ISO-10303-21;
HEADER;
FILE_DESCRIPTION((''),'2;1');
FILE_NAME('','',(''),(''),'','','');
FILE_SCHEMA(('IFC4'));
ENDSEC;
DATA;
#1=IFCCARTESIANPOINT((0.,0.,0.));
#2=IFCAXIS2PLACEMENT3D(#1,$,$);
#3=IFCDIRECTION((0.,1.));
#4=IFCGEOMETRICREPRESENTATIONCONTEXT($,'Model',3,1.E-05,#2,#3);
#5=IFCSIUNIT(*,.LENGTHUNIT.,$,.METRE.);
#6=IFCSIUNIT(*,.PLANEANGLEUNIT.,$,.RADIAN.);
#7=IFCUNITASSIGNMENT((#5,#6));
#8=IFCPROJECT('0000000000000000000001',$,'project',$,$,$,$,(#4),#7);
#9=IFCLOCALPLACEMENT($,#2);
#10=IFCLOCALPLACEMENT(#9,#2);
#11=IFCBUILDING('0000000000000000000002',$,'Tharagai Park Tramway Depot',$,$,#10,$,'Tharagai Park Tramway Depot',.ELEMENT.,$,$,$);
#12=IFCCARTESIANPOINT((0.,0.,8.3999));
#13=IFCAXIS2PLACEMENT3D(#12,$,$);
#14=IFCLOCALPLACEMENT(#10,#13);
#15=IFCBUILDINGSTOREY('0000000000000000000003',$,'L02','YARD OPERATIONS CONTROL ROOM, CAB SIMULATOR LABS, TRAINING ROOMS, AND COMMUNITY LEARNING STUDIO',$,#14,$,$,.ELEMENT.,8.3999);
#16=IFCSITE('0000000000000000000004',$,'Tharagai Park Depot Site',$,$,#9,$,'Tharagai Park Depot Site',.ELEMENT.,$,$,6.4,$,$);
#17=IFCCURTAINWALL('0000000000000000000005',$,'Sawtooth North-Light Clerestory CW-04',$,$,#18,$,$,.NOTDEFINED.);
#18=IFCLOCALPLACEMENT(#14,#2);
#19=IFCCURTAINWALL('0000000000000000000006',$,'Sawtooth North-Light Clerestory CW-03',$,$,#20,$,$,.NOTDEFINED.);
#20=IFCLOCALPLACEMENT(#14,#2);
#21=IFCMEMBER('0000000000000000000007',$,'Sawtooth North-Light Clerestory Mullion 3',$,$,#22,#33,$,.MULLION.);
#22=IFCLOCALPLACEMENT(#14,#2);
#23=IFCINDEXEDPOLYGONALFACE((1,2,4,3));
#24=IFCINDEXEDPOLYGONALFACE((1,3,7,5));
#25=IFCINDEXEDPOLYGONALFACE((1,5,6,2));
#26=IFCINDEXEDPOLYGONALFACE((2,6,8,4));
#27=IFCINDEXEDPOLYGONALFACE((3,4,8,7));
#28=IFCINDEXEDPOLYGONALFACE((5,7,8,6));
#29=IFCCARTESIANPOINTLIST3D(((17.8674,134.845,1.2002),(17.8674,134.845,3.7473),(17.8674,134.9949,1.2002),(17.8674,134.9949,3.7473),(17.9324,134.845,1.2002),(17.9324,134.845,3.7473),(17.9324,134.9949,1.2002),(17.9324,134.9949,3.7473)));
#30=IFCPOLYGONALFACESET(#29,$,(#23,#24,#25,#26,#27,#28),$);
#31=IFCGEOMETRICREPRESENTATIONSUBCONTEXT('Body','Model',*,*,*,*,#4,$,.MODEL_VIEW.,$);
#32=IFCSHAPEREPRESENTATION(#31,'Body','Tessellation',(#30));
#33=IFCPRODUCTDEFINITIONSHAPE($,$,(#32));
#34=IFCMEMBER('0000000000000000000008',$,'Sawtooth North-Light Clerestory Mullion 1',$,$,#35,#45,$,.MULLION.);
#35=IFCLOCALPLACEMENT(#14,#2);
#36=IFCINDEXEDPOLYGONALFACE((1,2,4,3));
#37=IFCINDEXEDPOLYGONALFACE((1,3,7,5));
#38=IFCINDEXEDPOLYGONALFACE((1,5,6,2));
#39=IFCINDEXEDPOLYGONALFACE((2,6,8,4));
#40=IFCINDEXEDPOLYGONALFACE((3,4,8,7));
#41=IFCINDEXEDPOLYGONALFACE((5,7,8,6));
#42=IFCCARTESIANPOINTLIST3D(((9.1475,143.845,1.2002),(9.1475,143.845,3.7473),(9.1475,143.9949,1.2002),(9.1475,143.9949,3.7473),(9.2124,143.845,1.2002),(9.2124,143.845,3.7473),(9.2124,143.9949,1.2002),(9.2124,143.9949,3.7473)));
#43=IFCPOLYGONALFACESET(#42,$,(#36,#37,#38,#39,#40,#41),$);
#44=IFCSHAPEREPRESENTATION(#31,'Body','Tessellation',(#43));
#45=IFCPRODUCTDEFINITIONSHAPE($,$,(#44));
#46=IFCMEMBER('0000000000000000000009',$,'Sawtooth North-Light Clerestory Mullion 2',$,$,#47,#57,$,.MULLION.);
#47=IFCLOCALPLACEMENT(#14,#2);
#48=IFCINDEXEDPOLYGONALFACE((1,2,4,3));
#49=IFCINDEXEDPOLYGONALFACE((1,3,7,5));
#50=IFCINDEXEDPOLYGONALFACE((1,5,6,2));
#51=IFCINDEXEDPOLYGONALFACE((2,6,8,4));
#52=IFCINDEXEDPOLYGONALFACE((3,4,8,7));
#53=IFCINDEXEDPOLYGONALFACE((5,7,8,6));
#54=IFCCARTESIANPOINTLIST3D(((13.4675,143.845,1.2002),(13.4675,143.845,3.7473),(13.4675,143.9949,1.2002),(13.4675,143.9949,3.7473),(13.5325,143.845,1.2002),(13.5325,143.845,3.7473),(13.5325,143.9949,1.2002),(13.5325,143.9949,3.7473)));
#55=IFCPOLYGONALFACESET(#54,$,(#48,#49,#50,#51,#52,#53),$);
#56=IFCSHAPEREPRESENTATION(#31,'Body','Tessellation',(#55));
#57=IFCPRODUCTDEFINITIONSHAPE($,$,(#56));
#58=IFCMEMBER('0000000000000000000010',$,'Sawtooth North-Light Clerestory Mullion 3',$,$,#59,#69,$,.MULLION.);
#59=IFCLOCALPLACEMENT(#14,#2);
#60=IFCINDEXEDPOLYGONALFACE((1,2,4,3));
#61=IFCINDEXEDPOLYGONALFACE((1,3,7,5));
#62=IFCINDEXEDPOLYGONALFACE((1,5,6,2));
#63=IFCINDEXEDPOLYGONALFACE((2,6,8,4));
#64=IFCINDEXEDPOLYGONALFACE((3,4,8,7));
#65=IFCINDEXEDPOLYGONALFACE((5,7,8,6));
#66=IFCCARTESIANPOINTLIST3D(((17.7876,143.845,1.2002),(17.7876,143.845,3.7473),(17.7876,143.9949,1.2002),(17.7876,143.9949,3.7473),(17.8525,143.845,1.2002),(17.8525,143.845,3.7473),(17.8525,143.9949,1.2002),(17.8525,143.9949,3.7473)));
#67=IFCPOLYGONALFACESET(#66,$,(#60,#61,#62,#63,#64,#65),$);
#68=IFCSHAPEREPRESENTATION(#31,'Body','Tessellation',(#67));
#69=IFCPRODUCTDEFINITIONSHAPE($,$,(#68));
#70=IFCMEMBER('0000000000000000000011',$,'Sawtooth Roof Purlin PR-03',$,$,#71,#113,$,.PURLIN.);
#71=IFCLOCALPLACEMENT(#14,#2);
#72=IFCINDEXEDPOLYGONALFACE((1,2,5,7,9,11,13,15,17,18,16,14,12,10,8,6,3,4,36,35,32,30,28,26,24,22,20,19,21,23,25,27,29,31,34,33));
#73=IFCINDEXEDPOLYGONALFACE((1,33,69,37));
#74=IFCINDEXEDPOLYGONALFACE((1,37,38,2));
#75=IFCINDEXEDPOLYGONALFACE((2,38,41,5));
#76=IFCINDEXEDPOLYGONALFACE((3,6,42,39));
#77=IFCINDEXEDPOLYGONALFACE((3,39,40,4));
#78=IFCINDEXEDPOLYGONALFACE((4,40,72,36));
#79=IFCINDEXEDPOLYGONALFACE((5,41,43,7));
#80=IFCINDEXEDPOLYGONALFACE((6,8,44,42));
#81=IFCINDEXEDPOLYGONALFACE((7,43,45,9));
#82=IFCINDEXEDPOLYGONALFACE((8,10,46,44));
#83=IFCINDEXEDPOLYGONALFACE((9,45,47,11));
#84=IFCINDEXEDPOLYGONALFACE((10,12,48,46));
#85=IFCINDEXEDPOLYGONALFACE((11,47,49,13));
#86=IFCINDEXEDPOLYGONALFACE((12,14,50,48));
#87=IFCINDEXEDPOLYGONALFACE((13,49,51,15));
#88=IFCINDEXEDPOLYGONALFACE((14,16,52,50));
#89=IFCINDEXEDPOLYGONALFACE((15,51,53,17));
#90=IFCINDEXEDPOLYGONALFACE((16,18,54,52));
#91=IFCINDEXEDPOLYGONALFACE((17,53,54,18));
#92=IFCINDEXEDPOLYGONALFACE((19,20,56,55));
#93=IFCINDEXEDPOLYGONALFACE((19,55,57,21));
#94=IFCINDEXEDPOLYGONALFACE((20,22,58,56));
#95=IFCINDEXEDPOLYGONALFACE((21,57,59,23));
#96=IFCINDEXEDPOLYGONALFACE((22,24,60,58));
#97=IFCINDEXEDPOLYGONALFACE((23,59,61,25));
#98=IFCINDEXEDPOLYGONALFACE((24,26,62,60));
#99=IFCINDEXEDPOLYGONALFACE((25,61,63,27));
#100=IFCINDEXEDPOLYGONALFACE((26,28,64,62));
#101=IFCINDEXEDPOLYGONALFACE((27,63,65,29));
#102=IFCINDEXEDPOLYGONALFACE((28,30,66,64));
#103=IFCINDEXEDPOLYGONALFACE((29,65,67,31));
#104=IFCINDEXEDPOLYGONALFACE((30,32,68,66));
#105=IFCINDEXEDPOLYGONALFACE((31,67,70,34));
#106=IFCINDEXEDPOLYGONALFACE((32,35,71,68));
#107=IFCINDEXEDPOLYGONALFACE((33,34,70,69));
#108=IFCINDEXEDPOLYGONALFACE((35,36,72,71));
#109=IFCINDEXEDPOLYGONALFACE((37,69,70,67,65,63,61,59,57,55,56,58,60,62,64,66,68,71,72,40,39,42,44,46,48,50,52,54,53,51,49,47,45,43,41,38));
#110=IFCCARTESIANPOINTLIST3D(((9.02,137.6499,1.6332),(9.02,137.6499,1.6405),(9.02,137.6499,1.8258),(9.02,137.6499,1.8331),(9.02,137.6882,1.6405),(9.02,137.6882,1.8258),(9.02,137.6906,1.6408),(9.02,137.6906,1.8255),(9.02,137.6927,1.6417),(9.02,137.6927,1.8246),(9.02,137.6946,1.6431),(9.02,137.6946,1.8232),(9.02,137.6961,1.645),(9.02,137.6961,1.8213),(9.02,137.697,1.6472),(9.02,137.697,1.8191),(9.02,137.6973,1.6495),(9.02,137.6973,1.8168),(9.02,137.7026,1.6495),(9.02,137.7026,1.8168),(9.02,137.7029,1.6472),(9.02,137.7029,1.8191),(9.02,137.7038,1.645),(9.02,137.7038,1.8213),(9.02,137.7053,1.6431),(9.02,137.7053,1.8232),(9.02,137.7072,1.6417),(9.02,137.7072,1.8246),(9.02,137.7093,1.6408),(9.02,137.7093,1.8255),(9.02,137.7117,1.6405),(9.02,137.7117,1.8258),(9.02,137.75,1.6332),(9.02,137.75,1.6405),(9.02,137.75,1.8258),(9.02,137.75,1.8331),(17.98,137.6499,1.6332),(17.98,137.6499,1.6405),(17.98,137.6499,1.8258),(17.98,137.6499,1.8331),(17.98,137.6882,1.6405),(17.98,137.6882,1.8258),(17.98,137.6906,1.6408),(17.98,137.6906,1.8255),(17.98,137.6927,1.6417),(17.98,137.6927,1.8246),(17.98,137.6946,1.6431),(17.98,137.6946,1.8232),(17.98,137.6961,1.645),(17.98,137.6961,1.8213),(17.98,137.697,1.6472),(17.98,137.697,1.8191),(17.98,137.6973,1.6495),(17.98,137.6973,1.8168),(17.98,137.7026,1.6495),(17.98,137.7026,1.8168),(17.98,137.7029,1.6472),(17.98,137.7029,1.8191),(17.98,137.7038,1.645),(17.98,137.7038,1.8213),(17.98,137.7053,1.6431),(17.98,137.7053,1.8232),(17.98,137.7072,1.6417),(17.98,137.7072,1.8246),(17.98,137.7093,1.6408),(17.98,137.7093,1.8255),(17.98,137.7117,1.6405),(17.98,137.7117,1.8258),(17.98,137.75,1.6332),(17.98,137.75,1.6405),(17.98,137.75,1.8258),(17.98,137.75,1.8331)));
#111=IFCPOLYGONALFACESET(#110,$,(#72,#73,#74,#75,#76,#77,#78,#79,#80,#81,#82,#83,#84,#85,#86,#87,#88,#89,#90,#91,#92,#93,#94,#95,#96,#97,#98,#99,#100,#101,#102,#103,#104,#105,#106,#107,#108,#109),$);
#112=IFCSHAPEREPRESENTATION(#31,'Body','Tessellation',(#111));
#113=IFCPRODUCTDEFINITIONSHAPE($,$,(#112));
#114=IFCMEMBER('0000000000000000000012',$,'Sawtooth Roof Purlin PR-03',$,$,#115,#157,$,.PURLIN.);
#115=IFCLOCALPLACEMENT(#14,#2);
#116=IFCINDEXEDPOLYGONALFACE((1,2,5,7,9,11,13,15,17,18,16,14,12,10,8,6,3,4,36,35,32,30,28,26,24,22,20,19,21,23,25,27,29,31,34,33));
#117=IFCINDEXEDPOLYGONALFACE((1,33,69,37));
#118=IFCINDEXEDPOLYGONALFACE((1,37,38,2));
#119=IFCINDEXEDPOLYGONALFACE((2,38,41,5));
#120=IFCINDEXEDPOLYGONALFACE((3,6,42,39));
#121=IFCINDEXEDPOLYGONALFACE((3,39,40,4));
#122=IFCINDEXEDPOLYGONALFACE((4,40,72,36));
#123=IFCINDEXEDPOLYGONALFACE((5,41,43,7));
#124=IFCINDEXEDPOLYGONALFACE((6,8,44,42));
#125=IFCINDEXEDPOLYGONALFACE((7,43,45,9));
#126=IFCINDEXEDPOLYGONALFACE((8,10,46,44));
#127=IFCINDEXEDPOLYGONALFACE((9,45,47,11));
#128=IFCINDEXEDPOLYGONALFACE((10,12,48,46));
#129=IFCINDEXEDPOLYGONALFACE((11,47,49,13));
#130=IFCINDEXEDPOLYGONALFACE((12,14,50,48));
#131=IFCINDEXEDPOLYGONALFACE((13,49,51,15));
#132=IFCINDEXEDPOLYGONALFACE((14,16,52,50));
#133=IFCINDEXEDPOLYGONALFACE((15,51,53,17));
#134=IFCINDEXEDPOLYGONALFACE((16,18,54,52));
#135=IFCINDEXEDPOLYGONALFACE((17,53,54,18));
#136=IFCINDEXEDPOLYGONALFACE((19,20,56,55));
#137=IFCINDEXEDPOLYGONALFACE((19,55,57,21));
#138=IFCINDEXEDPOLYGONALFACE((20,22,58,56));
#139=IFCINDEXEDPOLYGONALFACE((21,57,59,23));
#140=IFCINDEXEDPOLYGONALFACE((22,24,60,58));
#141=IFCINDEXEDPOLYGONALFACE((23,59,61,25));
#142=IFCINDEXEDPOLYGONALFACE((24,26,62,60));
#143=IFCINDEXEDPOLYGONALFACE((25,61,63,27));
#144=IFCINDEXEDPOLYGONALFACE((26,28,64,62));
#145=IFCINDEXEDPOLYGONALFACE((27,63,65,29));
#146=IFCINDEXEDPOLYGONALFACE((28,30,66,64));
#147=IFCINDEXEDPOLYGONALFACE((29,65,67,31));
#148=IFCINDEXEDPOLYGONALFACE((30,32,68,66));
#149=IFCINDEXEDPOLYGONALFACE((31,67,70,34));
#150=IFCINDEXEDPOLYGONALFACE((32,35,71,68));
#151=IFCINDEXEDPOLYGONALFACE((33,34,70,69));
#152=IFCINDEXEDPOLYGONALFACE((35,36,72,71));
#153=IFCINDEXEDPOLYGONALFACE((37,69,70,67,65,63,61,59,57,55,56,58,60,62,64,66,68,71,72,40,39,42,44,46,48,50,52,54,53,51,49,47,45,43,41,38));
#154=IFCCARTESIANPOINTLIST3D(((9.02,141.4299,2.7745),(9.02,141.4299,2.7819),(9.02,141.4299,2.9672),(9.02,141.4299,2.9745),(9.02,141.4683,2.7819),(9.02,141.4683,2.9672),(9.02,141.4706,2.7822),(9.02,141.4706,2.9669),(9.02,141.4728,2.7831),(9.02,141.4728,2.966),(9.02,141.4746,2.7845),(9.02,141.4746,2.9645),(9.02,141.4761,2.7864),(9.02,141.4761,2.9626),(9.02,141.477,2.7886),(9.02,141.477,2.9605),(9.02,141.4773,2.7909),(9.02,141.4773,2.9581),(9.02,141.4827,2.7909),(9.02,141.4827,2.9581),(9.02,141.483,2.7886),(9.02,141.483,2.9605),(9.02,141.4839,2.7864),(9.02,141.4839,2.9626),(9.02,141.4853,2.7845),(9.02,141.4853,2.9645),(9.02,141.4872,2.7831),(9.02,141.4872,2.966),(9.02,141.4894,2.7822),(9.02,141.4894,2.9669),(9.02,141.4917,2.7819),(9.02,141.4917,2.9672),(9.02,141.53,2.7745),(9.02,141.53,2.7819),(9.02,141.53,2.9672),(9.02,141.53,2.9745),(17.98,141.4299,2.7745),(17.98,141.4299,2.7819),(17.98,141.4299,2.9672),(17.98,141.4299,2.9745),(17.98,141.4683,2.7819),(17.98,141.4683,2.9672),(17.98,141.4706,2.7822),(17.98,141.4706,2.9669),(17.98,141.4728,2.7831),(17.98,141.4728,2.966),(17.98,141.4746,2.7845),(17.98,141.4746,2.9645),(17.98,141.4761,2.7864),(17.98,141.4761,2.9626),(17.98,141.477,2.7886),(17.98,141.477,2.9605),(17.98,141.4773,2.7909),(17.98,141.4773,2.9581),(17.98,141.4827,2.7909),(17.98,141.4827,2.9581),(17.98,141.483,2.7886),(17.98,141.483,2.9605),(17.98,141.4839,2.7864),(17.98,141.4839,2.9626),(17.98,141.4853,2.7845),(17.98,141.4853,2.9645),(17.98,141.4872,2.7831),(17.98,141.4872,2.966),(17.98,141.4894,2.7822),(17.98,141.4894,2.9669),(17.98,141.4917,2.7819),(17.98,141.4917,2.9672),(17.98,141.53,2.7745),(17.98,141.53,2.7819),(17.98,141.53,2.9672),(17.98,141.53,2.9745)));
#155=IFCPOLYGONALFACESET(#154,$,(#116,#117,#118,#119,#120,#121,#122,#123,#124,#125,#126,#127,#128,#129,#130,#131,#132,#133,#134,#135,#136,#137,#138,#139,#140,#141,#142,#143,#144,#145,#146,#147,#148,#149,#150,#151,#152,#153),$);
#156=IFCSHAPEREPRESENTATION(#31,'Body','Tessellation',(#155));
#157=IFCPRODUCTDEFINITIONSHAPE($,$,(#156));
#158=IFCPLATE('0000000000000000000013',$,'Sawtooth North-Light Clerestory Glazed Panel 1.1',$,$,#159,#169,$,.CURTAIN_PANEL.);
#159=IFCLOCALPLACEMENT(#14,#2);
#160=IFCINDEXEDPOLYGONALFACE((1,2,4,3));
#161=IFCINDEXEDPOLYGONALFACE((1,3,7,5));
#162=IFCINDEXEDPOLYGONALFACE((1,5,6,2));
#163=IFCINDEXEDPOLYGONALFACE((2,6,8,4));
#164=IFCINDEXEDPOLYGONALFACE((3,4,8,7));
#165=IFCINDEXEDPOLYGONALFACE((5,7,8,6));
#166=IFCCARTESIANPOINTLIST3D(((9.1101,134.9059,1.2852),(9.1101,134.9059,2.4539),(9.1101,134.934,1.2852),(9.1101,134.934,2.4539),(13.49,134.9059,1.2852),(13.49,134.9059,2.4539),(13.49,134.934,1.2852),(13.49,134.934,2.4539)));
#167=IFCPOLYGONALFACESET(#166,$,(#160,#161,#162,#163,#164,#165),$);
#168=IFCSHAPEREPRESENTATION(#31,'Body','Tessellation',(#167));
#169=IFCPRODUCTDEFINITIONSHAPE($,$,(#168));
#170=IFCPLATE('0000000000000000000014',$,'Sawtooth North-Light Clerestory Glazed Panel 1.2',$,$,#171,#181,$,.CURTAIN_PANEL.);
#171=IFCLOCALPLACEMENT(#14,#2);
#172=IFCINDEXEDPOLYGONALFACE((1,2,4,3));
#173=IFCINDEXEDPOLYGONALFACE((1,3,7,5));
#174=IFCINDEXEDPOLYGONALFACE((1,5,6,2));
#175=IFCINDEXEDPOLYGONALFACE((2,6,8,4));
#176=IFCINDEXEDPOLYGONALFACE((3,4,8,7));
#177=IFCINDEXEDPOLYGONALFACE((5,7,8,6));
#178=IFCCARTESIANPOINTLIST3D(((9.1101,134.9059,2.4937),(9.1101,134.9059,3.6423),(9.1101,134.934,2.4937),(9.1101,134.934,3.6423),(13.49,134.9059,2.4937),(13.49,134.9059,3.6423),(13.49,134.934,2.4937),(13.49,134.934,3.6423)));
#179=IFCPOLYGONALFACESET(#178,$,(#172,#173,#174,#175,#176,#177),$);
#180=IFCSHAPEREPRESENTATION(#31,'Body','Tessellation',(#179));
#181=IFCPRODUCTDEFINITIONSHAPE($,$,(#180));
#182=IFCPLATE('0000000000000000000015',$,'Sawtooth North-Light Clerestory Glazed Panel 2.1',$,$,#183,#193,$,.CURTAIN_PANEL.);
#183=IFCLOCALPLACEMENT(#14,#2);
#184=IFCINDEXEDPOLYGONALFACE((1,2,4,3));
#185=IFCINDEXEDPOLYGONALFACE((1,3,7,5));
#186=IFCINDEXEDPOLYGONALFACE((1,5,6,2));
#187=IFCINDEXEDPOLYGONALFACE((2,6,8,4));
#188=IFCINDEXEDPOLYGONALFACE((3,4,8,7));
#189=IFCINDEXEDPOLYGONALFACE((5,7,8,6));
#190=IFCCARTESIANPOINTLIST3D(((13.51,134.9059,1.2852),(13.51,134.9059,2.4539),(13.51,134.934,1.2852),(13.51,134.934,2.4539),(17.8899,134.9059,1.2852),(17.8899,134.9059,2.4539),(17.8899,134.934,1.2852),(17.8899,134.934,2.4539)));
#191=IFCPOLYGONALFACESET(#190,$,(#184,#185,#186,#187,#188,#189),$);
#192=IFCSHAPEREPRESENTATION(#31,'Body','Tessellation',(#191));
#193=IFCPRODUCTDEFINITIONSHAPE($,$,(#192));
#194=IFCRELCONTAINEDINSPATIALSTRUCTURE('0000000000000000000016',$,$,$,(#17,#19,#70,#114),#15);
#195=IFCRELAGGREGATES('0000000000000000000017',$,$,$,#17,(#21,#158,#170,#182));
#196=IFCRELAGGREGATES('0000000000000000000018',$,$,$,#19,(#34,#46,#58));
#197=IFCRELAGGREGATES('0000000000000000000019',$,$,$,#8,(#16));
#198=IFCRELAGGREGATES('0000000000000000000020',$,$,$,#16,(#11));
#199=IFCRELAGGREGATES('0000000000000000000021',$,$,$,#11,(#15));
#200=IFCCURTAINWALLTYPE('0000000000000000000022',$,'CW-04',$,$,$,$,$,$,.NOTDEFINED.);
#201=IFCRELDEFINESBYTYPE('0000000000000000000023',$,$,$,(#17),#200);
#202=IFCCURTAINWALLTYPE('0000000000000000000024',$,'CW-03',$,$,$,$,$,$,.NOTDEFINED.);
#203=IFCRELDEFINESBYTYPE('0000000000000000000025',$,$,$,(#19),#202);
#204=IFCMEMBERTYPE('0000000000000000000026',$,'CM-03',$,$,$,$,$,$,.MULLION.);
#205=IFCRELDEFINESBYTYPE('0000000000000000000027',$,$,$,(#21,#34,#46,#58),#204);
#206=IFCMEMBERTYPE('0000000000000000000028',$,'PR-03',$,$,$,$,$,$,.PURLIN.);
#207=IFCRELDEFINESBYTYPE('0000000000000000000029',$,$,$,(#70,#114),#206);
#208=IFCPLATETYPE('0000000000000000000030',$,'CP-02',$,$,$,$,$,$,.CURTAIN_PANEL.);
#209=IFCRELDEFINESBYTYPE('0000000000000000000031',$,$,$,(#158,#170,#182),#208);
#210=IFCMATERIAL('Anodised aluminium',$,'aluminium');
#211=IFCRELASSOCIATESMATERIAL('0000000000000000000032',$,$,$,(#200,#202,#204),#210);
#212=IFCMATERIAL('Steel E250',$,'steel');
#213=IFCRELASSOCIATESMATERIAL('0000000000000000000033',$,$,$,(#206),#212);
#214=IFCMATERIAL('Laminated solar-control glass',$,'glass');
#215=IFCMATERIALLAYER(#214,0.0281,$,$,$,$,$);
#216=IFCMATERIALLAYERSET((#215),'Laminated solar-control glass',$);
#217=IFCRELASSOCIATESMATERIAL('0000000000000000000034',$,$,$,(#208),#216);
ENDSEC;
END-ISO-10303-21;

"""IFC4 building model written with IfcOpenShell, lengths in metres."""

from ifc_helpers import new_model, si_unit, direction, frame, origin, origin_2d, place, context, subcontext, project, spatial, rectangle, i_section, extrude, material, layer, layer_set, material_profile, profile_set, type_object, element, aggregate, save


model = new_model("IFC4")

# Units and contexts
model_context = context("Model", 3, precision=1e-05, world=origin(), true_north=direction((0.0, 1.0)))
body_context = subcontext(model_context, "Body", "Model", "MODEL_VIEW")
ifc_project = project(units=[si_unit("LENGTHUNIT", "METRE"), si_unit("PLANEANGLEUNIT", "RADIAN")], contexts=[model_context])

# Site, building, storey
site_placement = place(None, origin())
site = spatial("IfcSite", under=ifc_project, at=site_placement, Name="Tharagai Park Depot Site", LongName="Tharagai Park Depot Site", CompositionType="ELEMENT", RefElevation=6.4)
building_placement = place(site_placement, origin())
building = spatial("IfcBuilding", under=site, at=building_placement, Name="Tharagai Park Tramway Depot", LongName="Tharagai Park Tramway Depot", CompositionType="ELEMENT")
storey_placement = place(building_placement, frame((0.0, 0.0, 8.3999)))
storey = spatial("IfcBuildingStorey", under=building, at=storey_placement, Name="L02", Description="YARD OPERATIONS CONTROL ROOM, CAB SIMULATOR LABS, TRAINING ROOMS, AND COMMUNITY LEARNING STUDIO", CompositionType="ELEMENT", Elevation=8.3999)

# Curtain walls
ifc_material_1 = material(Name="Anodised aluminium", Category="aluminium")
curtain_wall_type_1 = type_object("IfcCurtainWallType", Name="CW-04", PredefinedType="NOTDEFINED", material=ifc_material_1)
curtain_wall_1_placement = place(storey_placement, origin())
curtain_wall_1 = element("IfcCurtainWall", 1, at=curtain_wall_1_placement, inside=storey, type_object=curtain_wall_type_1, Name="Sawtooth North-Light Clerestory CW-04", PredefinedType="NOTDEFINED")
curtain_wall_type_2 = type_object("IfcCurtainWallType", Name="CW-03", PredefinedType="NOTDEFINED", material=ifc_material_1)
curtain_wall_2_placement = place(storey_placement, origin())
curtain_wall_2 = element("IfcCurtainWall", 2, at=curtain_wall_2_placement, inside=storey, type_object=curtain_wall_type_2, Name="Sawtooth North-Light Clerestory CW-03", PredefinedType="NOTDEFINED")

# Members
ifc_material_profile_1 = material_profile(ifc_material_1, rectangle(XDim=0.0649, YDim=0.1499, at=origin_2d()), Name="ALU 65x150")
ifc_profile_set_1 = profile_set([ifc_material_profile_1], Name="Anodised aluminium")
member_type_1 = type_object("IfcMemberType", Name="CM-03", PredefinedType="MULLION", material=ifc_profile_set_1)
member_1_placement = place(storey_placement, frame((17.8999, 134.9199, 1.2002), z_axis=(0.0, 0.0, 1.0), x_axis=(1.0, 0.0, 0.0)))
member_1 = element("IfcMember", 3, at=member_1_placement, type_object=member_type_1, Name="Sawtooth North-Light Clerestory Mullion 3", PredefinedType="MULLION", context=body_context, shape_type="SweptSolid", body=[
    extrude(rectangle(XDim=0.0649, YDim=0.1499, at=origin_2d()), origin(), (0.0, 0.0, 1.0), 2.5471),
])
member_2_placement = place(storey_placement, frame((9.1799, 143.9199, 1.2002), z_axis=(0.0, 0.0, 1.0), x_axis=(1.0, 0.0, 0.0)))
member_2 = element("IfcMember", 4, at=member_2_placement, type_object=member_type_1, Name="Sawtooth North-Light Clerestory Mullion 1", PredefinedType="MULLION", context=body_context, shape_type="SweptSolid", body=[
    extrude(rectangle(XDim=0.0649, YDim=0.1499, at=origin_2d()), origin(), (0.0, 0.0, 1.0), 2.5471),
])
member_3_placement = place(storey_placement, frame((13.5, 143.9199, 1.2002), z_axis=(0.0, 0.0, 1.0), x_axis=(1.0, 0.0, 0.0)))
member_3 = element("IfcMember", 5, at=member_3_placement, type_object=member_type_1, Name="Sawtooth North-Light Clerestory Mullion 2", PredefinedType="MULLION", context=body_context, shape_type="SweptSolid", body=[
    extrude(rectangle(XDim=0.0649, YDim=0.1499, at=origin_2d()), origin(), (0.0, 0.0, 1.0), 2.5471),
])
member_4_placement = place(storey_placement, frame((17.8201, 143.9199, 1.2002), z_axis=(0.0, 0.0, 1.0), x_axis=(1.0, 0.0, 0.0)))
member_4 = element("IfcMember", 6, at=member_4_placement, type_object=member_type_1, Name="Sawtooth North-Light Clerestory Mullion 3", PredefinedType="MULLION", context=body_context, shape_type="SweptSolid", body=[
    extrude(rectangle(XDim=0.0649, YDim=0.1499, at=origin_2d()), origin(), (0.0, 0.0, 1.0), 2.5471),
])

# Members
ifc_material_2 = material(Name="Steel E250", Category="steel")
ifc_material_profile_2 = material_profile(ifc_material_2, i_section(OverallWidth=0.1001, OverallDepth=0.2, WebThickness=0.0054, FlangeThickness=0.0073, FilletRadius=0.009, at=origin_2d()), Name="ISLB 200")
ifc_profile_set_2 = profile_set([ifc_material_profile_2], Name="Steel E250")
member_type_2 = type_object("IfcMemberType", Name="PR-03", PredefinedType="PURLIN", material=ifc_profile_set_2)
for number, where, z_axis, x_axis, name in (
    (7, (9.02, 137.7, 1.7332), (1.0, 0.0, 0.0), (0.0, 1.0, 0.0), "Sawtooth Roof Purlin PR-03"),
    (8, (9.02, 141.48, 2.8745), (1.0, 0.0, 0.0), (0.0, 1.0, 0.0), "Sawtooth Roof Purlin PR-03"),
):
    element("IfcMember", number, at=place(storey_placement, frame(where, z_axis=z_axis, x_axis=x_axis)), inside=storey, type_object=member_type_2, Name=name, PredefinedType="PURLIN", context=body_context, shape_type="SweptSolid", body=[
        extrude(i_section(OverallWidth=0.1001, OverallDepth=0.2, WebThickness=0.0054, FlangeThickness=0.0073, FilletRadius=0.009, at=origin_2d()), origin(), (0.0, 0.0, 1.0), 8.96),
    ])

# Plates
ifc_material_3 = material(Name="Laminated solar-control glass", Category="glass")
ifc_layer = layer(ifc_material_3, 0.0281)
ifc_layer_set = layer_set([ifc_layer], Name="Laminated solar-control glass")
plate_type = type_object("IfcPlateType", Name="CP-02", PredefinedType="CURTAIN_PANEL", material=ifc_layer_set)
plate_1_placement = place(storey_placement, frame((11.3, 134.9199, 1.2852), z_axis=(0.0, 0.0, 1.0), x_axis=(1.0, 0.0, 0.0)))
plate_1 = element("IfcPlate", 9, at=plate_1_placement, type_object=plate_type, Name="Sawtooth North-Light Clerestory Glazed Panel 1.1", PredefinedType="CURTAIN_PANEL", context=body_context, shape_type="SweptSolid", body=[
    extrude(rectangle(XDim=4.3799, YDim=0.0281, at=origin_2d()), origin(), (0.0, 0.0, 1.0), 1.1687),
])
plate_2_placement = place(storey_placement, frame((11.3, 134.9199, 2.4937), z_axis=(0.0, 0.0, 1.0), x_axis=(1.0, 0.0, 0.0)))
plate_2 = element("IfcPlate", 10, at=plate_2_placement, type_object=plate_type, Name="Sawtooth North-Light Clerestory Glazed Panel 1.2", PredefinedType="CURTAIN_PANEL", context=body_context, shape_type="SweptSolid", body=[
    extrude(rectangle(XDim=4.3799, YDim=0.0281, at=origin_2d()), origin(), (0.0, 0.0, 1.0), 1.1487),
])
plate_3_placement = place(storey_placement, frame((15.7, 134.9199, 1.2852), z_axis=(0.0, 0.0, 1.0), x_axis=(1.0, 0.0, 0.0)))
plate_3 = element("IfcPlate", 11, at=plate_3_placement, type_object=plate_type, Name="Sawtooth North-Light Clerestory Glazed Panel 2.1", PredefinedType="CURTAIN_PANEL", context=body_context, shape_type="SweptSolid", body=[
    extrude(rectangle(XDim=4.3799, YDim=0.0281, at=origin_2d()), origin(), (0.0, 0.0, 1.0), 1.1687),
])
aggregate(curtain_wall_1, [member_1, plate_1, plate_2, plate_3])
aggregate(curtain_wall_2, [member_2, member_3, member_4])

save(model, "model.ifc")
